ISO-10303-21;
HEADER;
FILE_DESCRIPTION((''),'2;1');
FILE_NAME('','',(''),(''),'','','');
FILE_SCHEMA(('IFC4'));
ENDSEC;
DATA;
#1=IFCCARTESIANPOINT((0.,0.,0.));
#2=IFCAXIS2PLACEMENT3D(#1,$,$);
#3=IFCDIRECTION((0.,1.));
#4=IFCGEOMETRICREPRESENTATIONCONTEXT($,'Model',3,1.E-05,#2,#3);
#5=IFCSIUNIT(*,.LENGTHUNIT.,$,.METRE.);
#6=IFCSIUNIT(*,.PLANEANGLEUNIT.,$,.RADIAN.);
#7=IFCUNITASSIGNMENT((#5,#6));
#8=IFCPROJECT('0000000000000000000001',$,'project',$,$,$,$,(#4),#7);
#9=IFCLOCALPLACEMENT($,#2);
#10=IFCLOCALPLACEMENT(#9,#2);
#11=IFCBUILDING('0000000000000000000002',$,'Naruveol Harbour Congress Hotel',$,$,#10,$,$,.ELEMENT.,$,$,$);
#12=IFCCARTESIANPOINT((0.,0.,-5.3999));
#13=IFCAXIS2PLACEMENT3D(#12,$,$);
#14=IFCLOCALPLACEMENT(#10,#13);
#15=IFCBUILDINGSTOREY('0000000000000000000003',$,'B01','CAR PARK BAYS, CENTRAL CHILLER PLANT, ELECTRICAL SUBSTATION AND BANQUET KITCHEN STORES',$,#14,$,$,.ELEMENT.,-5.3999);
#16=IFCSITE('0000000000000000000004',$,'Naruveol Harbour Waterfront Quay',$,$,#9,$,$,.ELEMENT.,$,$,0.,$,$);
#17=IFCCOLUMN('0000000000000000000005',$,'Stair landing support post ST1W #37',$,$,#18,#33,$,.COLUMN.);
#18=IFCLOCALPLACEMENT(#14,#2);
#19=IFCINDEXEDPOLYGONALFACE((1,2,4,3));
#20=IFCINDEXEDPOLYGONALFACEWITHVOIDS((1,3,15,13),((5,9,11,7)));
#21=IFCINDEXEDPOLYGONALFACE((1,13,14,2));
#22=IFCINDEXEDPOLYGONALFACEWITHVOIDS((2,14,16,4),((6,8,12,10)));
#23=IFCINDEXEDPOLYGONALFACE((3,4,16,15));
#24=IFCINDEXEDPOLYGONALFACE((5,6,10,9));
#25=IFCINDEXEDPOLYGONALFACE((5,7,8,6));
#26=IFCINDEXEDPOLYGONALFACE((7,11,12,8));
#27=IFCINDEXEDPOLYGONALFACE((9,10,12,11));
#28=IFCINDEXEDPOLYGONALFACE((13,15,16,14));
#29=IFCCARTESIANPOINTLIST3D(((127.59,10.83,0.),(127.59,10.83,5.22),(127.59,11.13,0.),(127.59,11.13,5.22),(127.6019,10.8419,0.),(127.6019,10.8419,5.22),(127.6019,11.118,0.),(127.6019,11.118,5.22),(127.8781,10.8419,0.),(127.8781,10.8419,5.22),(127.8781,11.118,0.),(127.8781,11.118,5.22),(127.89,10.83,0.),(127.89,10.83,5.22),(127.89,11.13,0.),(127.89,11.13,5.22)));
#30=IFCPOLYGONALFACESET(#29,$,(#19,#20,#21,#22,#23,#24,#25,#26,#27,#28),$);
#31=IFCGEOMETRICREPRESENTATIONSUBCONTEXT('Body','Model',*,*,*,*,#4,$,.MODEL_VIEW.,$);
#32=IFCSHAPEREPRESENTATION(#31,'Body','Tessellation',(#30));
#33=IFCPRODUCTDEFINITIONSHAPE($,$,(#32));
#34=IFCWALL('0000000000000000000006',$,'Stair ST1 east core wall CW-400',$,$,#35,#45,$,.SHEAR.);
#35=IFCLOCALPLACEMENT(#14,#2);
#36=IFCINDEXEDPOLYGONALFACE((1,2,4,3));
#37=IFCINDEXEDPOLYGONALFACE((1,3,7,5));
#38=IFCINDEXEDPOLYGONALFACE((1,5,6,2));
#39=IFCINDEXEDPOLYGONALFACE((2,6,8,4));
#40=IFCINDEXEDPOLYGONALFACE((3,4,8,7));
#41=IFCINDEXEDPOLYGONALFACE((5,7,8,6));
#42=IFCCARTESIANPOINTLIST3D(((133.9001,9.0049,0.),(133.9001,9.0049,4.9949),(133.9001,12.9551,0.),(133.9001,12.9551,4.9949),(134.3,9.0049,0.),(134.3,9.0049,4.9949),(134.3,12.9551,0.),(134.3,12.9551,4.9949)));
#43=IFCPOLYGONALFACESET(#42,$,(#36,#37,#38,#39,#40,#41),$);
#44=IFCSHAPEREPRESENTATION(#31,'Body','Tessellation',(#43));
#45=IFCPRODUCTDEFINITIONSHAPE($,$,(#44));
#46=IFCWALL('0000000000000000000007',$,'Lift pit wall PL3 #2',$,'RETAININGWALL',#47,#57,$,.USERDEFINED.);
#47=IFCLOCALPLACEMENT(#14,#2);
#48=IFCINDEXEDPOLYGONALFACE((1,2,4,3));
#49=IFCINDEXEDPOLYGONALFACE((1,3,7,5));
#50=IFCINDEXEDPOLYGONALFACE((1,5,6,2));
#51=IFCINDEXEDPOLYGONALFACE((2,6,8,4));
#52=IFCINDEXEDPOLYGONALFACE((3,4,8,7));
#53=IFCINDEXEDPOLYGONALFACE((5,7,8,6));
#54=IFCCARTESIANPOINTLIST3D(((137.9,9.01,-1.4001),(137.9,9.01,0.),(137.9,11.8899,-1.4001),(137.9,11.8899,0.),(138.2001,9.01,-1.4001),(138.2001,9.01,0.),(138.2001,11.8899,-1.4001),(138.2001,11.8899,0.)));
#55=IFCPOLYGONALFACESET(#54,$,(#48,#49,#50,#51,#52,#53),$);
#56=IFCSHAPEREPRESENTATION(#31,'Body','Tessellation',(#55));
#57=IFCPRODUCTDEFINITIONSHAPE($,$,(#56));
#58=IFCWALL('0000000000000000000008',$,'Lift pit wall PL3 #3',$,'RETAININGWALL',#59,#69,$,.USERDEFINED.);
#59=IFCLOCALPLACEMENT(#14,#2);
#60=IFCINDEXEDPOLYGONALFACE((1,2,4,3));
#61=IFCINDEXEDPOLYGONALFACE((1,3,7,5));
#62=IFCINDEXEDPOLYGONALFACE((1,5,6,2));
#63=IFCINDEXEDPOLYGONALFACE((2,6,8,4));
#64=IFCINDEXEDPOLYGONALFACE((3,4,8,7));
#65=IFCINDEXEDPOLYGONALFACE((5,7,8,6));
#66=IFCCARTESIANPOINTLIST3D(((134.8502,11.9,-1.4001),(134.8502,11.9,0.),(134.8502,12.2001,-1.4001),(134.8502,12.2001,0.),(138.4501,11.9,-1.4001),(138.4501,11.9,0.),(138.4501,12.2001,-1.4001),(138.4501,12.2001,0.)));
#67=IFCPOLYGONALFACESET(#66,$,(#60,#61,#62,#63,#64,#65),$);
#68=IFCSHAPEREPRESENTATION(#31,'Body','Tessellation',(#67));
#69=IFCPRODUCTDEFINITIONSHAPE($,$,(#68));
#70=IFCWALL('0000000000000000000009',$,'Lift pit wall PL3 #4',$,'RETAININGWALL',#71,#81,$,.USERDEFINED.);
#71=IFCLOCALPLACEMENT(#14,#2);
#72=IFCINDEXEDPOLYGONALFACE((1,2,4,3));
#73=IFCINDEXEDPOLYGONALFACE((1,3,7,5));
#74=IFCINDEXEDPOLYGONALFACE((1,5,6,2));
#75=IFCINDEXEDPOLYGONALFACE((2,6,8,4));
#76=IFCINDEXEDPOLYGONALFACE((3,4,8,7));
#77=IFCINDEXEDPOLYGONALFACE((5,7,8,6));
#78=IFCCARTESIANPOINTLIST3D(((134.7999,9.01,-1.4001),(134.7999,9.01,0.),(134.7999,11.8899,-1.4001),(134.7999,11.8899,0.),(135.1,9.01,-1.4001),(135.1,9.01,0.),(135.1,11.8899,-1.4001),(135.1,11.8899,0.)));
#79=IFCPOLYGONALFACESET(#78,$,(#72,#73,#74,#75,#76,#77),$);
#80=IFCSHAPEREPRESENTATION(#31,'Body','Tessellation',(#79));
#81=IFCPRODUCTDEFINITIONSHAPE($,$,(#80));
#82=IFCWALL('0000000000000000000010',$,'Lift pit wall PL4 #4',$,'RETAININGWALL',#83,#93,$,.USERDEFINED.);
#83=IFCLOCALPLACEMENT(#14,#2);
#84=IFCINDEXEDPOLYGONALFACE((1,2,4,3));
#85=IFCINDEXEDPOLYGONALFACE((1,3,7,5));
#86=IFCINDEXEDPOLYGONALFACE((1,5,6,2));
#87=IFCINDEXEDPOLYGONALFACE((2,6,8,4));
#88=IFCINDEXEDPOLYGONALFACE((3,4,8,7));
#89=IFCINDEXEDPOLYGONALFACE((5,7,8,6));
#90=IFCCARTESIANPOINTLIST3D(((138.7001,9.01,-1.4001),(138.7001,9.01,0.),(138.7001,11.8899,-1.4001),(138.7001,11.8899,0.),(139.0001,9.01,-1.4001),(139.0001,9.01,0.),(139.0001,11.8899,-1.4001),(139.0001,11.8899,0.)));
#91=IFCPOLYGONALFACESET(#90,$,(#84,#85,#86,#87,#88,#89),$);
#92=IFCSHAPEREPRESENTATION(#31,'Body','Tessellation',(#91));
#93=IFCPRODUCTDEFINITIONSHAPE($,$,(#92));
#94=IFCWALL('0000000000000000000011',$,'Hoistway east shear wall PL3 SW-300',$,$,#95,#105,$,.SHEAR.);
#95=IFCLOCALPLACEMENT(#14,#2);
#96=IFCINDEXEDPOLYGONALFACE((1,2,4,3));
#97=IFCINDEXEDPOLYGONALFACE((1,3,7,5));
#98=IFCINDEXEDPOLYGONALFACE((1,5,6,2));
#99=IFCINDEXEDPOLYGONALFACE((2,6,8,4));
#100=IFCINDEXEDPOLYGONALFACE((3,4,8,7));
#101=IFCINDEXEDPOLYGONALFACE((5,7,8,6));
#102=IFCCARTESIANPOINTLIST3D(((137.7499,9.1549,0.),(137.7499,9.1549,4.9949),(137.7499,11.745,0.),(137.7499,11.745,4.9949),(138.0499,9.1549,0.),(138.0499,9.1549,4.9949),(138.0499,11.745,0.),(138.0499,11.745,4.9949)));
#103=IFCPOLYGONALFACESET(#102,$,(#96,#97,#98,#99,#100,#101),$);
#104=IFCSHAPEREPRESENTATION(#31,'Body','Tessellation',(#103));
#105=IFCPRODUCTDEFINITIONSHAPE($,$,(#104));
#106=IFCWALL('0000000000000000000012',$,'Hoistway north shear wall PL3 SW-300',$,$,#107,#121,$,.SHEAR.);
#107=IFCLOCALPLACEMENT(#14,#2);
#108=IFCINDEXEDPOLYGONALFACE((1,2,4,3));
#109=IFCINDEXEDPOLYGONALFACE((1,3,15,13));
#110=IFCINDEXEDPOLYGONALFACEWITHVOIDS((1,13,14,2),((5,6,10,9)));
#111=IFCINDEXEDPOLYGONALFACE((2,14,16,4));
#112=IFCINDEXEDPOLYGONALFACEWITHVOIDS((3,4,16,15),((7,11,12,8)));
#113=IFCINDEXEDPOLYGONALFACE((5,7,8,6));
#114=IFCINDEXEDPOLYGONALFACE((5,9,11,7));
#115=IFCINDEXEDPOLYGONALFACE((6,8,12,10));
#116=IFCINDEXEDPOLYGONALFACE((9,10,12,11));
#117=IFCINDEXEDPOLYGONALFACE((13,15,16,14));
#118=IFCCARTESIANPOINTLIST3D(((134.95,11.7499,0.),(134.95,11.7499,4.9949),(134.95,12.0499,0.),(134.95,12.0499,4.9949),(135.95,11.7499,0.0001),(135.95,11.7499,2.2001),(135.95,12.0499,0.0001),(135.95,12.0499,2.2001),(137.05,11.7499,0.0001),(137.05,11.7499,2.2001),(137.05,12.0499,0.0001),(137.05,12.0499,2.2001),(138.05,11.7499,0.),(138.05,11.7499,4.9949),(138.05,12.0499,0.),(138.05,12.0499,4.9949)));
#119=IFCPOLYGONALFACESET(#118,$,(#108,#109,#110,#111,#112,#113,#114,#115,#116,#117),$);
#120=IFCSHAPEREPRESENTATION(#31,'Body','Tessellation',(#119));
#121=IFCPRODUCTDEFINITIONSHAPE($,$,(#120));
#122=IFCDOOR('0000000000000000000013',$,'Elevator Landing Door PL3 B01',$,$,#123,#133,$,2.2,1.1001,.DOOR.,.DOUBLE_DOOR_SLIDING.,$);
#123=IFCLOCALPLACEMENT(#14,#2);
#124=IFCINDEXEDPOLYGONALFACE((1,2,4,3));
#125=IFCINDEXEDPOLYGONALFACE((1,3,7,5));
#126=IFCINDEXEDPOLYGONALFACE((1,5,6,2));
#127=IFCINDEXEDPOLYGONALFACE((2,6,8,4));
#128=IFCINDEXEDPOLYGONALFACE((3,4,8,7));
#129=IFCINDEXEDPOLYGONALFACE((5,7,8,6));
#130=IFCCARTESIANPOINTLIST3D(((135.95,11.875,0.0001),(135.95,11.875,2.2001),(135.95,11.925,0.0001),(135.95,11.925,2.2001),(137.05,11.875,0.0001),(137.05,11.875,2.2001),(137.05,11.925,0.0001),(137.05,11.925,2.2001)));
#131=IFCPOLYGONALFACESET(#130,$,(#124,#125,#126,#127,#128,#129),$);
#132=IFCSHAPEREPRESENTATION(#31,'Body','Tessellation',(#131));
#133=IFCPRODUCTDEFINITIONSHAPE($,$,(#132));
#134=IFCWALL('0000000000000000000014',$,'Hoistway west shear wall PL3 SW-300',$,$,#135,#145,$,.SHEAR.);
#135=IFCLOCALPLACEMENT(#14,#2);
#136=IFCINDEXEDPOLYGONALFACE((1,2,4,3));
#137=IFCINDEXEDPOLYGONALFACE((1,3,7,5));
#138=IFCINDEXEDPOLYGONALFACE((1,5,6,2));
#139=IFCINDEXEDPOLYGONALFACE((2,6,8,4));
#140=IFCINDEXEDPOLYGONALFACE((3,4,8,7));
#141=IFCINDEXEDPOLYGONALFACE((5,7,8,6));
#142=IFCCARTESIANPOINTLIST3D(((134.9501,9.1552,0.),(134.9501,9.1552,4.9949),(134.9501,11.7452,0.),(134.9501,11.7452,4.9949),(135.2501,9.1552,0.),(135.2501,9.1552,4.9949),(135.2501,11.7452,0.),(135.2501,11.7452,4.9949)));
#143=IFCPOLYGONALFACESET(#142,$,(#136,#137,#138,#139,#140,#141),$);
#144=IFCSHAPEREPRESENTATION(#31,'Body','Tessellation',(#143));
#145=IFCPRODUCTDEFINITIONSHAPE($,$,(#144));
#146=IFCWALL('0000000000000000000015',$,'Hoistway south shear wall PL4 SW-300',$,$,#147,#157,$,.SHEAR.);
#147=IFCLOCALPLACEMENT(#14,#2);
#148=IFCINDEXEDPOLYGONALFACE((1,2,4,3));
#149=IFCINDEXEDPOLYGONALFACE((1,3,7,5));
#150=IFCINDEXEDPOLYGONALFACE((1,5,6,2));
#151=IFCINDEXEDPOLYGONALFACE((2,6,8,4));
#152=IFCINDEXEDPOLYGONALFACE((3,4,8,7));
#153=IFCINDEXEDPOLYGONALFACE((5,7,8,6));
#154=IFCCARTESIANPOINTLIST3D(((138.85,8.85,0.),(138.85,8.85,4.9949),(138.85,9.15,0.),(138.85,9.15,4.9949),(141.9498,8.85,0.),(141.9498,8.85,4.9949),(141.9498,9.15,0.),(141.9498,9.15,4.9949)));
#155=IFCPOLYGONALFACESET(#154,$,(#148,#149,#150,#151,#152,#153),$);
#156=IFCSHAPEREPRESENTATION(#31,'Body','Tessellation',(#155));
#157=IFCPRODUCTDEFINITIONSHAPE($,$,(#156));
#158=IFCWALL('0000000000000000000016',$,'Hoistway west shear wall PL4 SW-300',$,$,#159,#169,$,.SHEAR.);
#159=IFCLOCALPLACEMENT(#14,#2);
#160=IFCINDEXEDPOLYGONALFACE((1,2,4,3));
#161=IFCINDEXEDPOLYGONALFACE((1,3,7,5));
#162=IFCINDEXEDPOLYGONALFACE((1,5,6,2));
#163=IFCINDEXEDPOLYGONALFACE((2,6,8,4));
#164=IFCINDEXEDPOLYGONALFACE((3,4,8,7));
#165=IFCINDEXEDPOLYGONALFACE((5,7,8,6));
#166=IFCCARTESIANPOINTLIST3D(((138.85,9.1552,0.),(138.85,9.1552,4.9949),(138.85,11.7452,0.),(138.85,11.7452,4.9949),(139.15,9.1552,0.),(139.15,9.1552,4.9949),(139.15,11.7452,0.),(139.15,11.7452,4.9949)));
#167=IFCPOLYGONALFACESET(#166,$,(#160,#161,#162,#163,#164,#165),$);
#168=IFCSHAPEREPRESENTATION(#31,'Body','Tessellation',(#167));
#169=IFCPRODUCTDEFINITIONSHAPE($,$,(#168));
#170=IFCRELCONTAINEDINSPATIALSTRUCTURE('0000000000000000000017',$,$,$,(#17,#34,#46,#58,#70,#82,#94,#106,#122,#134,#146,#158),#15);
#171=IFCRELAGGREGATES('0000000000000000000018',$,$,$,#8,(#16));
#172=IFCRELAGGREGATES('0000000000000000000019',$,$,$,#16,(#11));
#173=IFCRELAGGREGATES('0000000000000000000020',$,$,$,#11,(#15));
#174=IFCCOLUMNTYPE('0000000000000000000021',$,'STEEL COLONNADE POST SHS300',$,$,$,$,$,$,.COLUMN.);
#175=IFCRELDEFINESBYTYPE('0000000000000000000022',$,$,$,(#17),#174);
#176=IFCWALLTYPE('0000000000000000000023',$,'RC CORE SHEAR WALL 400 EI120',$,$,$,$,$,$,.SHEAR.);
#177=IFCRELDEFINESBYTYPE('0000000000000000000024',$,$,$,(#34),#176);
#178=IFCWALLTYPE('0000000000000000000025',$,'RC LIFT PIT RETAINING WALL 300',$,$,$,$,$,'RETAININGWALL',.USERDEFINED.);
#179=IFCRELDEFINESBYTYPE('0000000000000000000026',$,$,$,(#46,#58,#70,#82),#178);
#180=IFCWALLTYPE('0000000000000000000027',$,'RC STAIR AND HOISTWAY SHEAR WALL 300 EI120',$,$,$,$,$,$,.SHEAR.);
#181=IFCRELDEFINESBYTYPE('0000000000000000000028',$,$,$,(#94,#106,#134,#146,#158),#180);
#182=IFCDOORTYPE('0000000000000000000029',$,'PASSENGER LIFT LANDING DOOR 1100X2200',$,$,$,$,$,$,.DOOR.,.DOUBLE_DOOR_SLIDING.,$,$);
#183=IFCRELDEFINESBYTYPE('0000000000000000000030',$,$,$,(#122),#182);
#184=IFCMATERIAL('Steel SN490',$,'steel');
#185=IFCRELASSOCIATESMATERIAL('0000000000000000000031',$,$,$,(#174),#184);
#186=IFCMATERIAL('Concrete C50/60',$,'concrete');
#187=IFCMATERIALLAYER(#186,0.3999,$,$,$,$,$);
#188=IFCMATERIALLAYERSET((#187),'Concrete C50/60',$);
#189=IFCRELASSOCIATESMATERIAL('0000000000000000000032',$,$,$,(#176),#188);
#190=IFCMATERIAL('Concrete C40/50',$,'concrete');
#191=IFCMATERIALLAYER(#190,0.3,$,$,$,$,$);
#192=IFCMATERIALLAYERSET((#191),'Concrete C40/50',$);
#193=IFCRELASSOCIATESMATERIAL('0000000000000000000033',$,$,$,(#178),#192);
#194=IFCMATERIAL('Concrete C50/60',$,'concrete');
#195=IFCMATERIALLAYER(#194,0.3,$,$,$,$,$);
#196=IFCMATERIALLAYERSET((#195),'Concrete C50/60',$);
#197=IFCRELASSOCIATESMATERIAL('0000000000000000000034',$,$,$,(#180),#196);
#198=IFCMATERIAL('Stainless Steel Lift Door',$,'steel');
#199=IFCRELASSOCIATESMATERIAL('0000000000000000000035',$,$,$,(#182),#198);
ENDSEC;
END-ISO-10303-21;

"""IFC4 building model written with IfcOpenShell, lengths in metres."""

from ifc_helpers import new_model, si_unit, direction, frame, frame_2d, origin, origin_2d, place, context, subcontext, project, spatial, rectangle, hollow_rectangle, extrude, material, layer, layer_set, material_profile, profile_set, type_object, element, fill, save


model = new_model("IFC4")

# Units and contexts
model_context = context("Model", 3, precision=1e-05, world=origin(), true_north=direction((0.0, 1.0)))
body_context = subcontext(model_context, "Body", "Model", "MODEL_VIEW")
ifc_project = project(units=[si_unit("LENGTHUNIT", "METRE"), si_unit("PLANEANGLEUNIT", "RADIAN")], contexts=[model_context])

# Site, building, storey
site_placement = place(None, origin())
site = spatial("IfcSite", under=ifc_project, at=site_placement, Name="Naruveol Harbour Waterfront Quay", CompositionType="ELEMENT", RefElevation=0.0)
building_placement = place(site_placement, origin())
building = spatial("IfcBuilding", under=site, at=building_placement, Name="Naruveol Harbour Congress Hotel", CompositionType="ELEMENT")
storey_placement = place(building_placement, frame((0.0, 0.0, -5.3999)))
storey = spatial("IfcBuildingStorey", under=building, at=storey_placement, Name="B01", Description="CAR PARK BAYS, CENTRAL CHILLER PLANT, ELECTRICAL SUBSTATION AND BANQUET KITCHEN STORES", CompositionType="ELEMENT", Elevation=-5.3999)

# Column
ifc_material_1 = material(Name="Steel SN490", Category="steel")
ifc_material_profile = material_profile(ifc_material_1, hollow_rectangle(XDim=0.3, YDim=0.3, WallThickness=0.012, at=origin_2d()), Name="SHS-300x300x12")
ifc_profile_set = profile_set([ifc_material_profile], Name="Steel SN490")
column_type = type_object("IfcColumnType", Name="STEEL COLONNADE POST SHS300", PredefinedType="COLUMN", material=ifc_profile_set)
column_placement = place(storey_placement, frame((127.74, 10.98, 0.0), z_axis=(0.0, 0.0, 1.0), x_axis=(1.0, 0.0, 0.0)))
element("IfcColumn", 1, at=column_placement, inside=storey, type_object=column_type, Name="Stair landing support post ST1W #37", PredefinedType="COLUMN", context=body_context, shape_type="SweptSolid", body=[
    extrude(hollow_rectangle(XDim=0.3, YDim=0.3, WallThickness=0.012, at=origin_2d()), origin(), (0.0, 0.0, 1.0), 5.22),
])

# Walls
ifc_material_2 = material(Name="Concrete C50/60", Category="concrete")
ifc_layer_1 = layer(ifc_material_2, 0.3999)
ifc_layer_set_1 = layer_set([ifc_layer_1], Name="Concrete C50/60")
wall_type_1 = type_object("IfcWallType", Name="RC CORE SHEAR WALL 400 EI120", PredefinedType="SHEAR", material=ifc_layer_set_1)
wall_1_placement = place(storey_placement, frame((134.1001, 9.0049, 0.0), z_axis=(0.0, 0.0, 1.0), x_axis=(0.0, 1.0, 0.0)))
element("IfcWall", 2, at=wall_1_placement, inside=storey, type_object=wall_type_1, Name="Stair ST1 east core wall CW-400", PredefinedType="SHEAR", context=body_context, shape_type="SweptSolid", body=[
    extrude(rectangle(XDim=3.9502, YDim=0.3999, at=frame_2d((1.9751, 0.0))), origin(), (0.0, 0.0, 1.0), 4.9949),
])
ifc_material_3 = material(Name="Concrete C40/50", Category="concrete")
ifc_layer_2 = layer(ifc_material_3, 0.3)
ifc_layer_set_2 = layer_set([ifc_layer_2], Name="Concrete C40/50")
wall_type_2 = type_object("IfcWallType", Name="RC LIFT PIT RETAINING WALL 300", ElementType="RETAININGWALL", PredefinedType="USERDEFINED", material=ifc_layer_set_2)
wall_2_placement = place(storey_placement, frame((138.05, 9.01, -1.4001), z_axis=(0.0, 0.0, 1.0), x_axis=(0.0, 1.0, 0.0)))
element("IfcWall", 3, at=wall_2_placement, inside=storey, type_object=wall_type_2, Name="Lift pit wall PL3 #2", ObjectType="RETAININGWALL", PredefinedType="USERDEFINED", context=body_context, shape_type="SweptSolid", body=[
    extrude(rectangle(XDim=2.8799, YDim=0.3, at=frame_2d((1.4399, 0.0))), origin(), (0.0, 0.0, 1.0), 1.4001),
])
wall_3_placement = place(storey_placement, frame((138.45, 12.05, -1.4001), z_axis=(0.0, 0.0, 1.0), x_axis=(-1.0, 0.0, 0.0)))
element("IfcWall", 4, at=wall_3_placement, inside=storey, type_object=wall_type_2, Name="Lift pit wall PL3 #3", ObjectType="RETAININGWALL", PredefinedType="USERDEFINED", context=body_context, shape_type="SweptSolid", body=[
    extrude(rectangle(XDim=3.5999, YDim=0.3, at=frame_2d((1.7998, 0.0))), origin(), (0.0, 0.0, 1.0), 1.4001),
])
for number, where, z_axis, x_axis, name in (
    (5, (134.95, 11.8899, -1.4001), (0.0, 0.0, 1.0), (0.0, -1.0, 0.0), "Lift pit wall PL3 #4"),
    (6, (138.8501, 11.8899, -1.4001), (0.0, 0.0, 1.0), (0.0, -1.0, 0.0), "Lift pit wall PL4 #4"),
):
    element("IfcWall", number, at=place(storey_placement, frame(where, z_axis=z_axis, x_axis=x_axis)), inside=storey, type_object=wall_type_2, Name=name, ObjectType="RETAININGWALL", PredefinedType="USERDEFINED", context=body_context, shape_type="SweptSolid", body=[
        extrude(rectangle(XDim=2.8799, YDim=0.3, at=frame_2d((1.4399, 0.0))), origin(), (0.0, 0.0, 1.0), 1.4001),
    ])
ifc_material_4 = material(Name="Concrete C50/60", Category="concrete")
ifc_layer_3 = layer(ifc_material_4, 0.3)
ifc_layer_set_3 = layer_set([ifc_layer_3], Name="Concrete C50/60")
wall_type_3 = type_object("IfcWallType", Name="RC STAIR AND HOISTWAY SHEAR WALL 300 EI120", PredefinedType="SHEAR", material=ifc_layer_set_3)
wall_4_placement = place(storey_placement, frame((137.8999, 9.155, 0.0), z_axis=(0.0, 0.0, 1.0), x_axis=(0.0, 1.0, 0.0)))
element("IfcWall", 7, at=wall_4_placement, inside=storey, type_object=wall_type_3, Name="Hoistway east shear wall PL3 SW-300", PredefinedType="SHEAR", context=body_context, shape_type="SweptSolid", body=[
    extrude(rectangle(XDim=2.5901, YDim=0.3, at=frame_2d((1.2949, 0.0))), origin(), (0.0, 0.0, 1.0), 4.9949),
])

# Wall, opening, door
wall_5_placement = place(storey_placement, frame((138.05, 11.8999, 0.0), z_axis=(0.0, 0.0, 1.0), x_axis=(-1.0, 0.0, 0.0)))
wall_5 = element("IfcWall", 8, at=wall_5_placement, inside=storey, type_object=wall_type_3, Name="Hoistway north shear wall PL3 SW-300", PredefinedType="SHEAR", context=body_context, shape_type="SweptSolid", body=[
    extrude(rectangle(XDim=3.1001, YDim=0.3, at=frame_2d((1.55, 0.0))), origin(), (0.0, 0.0, 1.0), 4.9949),
])
opening_placement = place(wall_5_placement, frame((1.0, 0.0, 0.0)))
opening = element("IfcOpeningElement", 9, at=opening_placement, cuts=wall_5, PredefinedType="OPENING", context=body_context, shape_type="SweptSolid", body=[
    extrude(rectangle(XDim=1.1001, YDim=2.2, at=frame_2d((0.55, 1.1001))), frame((0.0, 0.1599, 0.0), z_axis=(0.0, -1.0, 0.0), x_axis=(1.0, 0.0, 0.0)), (0.0, 0.0, 1.0), 0.3201),
])
ifc_material_5 = material(Name="Stainless Steel Lift Door", Category="steel")
door_type = type_object("IfcDoorType", Name="PASSENGER LIFT LANDING DOOR 1100X2200", OperationType="DOUBLE_DOOR_SLIDING", PredefinedType="DOOR", material=ifc_material_5)
door_placement = place(opening_placement, origin())
door = element("IfcDoor", 10, at=door_placement, inside=storey, type_object=door_type, Name="Elevator Landing Door PL3 B01", OperationType="DOUBLE_DOOR_SLIDING", OverallHeight=2.2, OverallWidth=1.1001, PredefinedType="DOOR", context=body_context, shape_type="SweptSolid", body=[
    extrude(rectangle(XDim=1.1001, YDim=2.2, at=frame_2d((0.55, 1.1001))), frame((0.0, 0.0249, 0.0), z_axis=(0.0, -1.0, 0.0), x_axis=(1.0, 0.0, 0.0)), (0.0, 0.0, 1.0), 0.05),
])
fill(opening, door)

# Walls
wall_6_placement = place(storey_placement, frame((135.1001, 11.7451, 0.0), z_axis=(0.0, 0.0, 1.0), x_axis=(0.0, -1.0, 0.0)))
element("IfcWall", 11, at=wall_6_placement, inside=storey, type_object=wall_type_3, Name="Hoistway west shear wall PL3 SW-300", PredefinedType="SHEAR", context=body_context, shape_type="SweptSolid", body=[
    extrude(rectangle(XDim=2.5901, YDim=0.3, at=frame_2d((1.2949, 0.0))), origin(), (0.0, 0.0, 1.0), 4.9949),
])
wall_7_placement = place(storey_placement, frame((138.8501, 9.0, 0.0), z_axis=(0.0, 0.0, 1.0), x_axis=(1.0, 0.0, 0.0)))
element("IfcWall", 12, at=wall_7_placement, inside=storey, type_object=wall_type_3, Name="Hoistway south shear wall PL4 SW-300", PredefinedType="SHEAR", context=body_context, shape_type="SweptSolid", body=[
    extrude(rectangle(XDim=3.0999, YDim=0.3, at=frame_2d((1.5498, 0.0))), origin(), (0.0, 0.0, 1.0), 4.9949),
])
wall_8_placement = place(storey_placement, frame((139.0, 11.7451, 0.0), z_axis=(0.0, 0.0, 1.0), x_axis=(0.0, -1.0, 0.0)))
element("IfcWall", 13, at=wall_8_placement, inside=storey, type_object=wall_type_3, Name="Hoistway west shear wall PL4 SW-300", PredefinedType="SHEAR", context=body_context, shape_type="SweptSolid", body=[
    extrude(rectangle(XDim=2.5901, YDim=0.3, at=frame_2d((1.2949, 0.0))), origin(), (0.0, 0.0, 1.0), 4.9949),
])

save(model, "model.ifc")
